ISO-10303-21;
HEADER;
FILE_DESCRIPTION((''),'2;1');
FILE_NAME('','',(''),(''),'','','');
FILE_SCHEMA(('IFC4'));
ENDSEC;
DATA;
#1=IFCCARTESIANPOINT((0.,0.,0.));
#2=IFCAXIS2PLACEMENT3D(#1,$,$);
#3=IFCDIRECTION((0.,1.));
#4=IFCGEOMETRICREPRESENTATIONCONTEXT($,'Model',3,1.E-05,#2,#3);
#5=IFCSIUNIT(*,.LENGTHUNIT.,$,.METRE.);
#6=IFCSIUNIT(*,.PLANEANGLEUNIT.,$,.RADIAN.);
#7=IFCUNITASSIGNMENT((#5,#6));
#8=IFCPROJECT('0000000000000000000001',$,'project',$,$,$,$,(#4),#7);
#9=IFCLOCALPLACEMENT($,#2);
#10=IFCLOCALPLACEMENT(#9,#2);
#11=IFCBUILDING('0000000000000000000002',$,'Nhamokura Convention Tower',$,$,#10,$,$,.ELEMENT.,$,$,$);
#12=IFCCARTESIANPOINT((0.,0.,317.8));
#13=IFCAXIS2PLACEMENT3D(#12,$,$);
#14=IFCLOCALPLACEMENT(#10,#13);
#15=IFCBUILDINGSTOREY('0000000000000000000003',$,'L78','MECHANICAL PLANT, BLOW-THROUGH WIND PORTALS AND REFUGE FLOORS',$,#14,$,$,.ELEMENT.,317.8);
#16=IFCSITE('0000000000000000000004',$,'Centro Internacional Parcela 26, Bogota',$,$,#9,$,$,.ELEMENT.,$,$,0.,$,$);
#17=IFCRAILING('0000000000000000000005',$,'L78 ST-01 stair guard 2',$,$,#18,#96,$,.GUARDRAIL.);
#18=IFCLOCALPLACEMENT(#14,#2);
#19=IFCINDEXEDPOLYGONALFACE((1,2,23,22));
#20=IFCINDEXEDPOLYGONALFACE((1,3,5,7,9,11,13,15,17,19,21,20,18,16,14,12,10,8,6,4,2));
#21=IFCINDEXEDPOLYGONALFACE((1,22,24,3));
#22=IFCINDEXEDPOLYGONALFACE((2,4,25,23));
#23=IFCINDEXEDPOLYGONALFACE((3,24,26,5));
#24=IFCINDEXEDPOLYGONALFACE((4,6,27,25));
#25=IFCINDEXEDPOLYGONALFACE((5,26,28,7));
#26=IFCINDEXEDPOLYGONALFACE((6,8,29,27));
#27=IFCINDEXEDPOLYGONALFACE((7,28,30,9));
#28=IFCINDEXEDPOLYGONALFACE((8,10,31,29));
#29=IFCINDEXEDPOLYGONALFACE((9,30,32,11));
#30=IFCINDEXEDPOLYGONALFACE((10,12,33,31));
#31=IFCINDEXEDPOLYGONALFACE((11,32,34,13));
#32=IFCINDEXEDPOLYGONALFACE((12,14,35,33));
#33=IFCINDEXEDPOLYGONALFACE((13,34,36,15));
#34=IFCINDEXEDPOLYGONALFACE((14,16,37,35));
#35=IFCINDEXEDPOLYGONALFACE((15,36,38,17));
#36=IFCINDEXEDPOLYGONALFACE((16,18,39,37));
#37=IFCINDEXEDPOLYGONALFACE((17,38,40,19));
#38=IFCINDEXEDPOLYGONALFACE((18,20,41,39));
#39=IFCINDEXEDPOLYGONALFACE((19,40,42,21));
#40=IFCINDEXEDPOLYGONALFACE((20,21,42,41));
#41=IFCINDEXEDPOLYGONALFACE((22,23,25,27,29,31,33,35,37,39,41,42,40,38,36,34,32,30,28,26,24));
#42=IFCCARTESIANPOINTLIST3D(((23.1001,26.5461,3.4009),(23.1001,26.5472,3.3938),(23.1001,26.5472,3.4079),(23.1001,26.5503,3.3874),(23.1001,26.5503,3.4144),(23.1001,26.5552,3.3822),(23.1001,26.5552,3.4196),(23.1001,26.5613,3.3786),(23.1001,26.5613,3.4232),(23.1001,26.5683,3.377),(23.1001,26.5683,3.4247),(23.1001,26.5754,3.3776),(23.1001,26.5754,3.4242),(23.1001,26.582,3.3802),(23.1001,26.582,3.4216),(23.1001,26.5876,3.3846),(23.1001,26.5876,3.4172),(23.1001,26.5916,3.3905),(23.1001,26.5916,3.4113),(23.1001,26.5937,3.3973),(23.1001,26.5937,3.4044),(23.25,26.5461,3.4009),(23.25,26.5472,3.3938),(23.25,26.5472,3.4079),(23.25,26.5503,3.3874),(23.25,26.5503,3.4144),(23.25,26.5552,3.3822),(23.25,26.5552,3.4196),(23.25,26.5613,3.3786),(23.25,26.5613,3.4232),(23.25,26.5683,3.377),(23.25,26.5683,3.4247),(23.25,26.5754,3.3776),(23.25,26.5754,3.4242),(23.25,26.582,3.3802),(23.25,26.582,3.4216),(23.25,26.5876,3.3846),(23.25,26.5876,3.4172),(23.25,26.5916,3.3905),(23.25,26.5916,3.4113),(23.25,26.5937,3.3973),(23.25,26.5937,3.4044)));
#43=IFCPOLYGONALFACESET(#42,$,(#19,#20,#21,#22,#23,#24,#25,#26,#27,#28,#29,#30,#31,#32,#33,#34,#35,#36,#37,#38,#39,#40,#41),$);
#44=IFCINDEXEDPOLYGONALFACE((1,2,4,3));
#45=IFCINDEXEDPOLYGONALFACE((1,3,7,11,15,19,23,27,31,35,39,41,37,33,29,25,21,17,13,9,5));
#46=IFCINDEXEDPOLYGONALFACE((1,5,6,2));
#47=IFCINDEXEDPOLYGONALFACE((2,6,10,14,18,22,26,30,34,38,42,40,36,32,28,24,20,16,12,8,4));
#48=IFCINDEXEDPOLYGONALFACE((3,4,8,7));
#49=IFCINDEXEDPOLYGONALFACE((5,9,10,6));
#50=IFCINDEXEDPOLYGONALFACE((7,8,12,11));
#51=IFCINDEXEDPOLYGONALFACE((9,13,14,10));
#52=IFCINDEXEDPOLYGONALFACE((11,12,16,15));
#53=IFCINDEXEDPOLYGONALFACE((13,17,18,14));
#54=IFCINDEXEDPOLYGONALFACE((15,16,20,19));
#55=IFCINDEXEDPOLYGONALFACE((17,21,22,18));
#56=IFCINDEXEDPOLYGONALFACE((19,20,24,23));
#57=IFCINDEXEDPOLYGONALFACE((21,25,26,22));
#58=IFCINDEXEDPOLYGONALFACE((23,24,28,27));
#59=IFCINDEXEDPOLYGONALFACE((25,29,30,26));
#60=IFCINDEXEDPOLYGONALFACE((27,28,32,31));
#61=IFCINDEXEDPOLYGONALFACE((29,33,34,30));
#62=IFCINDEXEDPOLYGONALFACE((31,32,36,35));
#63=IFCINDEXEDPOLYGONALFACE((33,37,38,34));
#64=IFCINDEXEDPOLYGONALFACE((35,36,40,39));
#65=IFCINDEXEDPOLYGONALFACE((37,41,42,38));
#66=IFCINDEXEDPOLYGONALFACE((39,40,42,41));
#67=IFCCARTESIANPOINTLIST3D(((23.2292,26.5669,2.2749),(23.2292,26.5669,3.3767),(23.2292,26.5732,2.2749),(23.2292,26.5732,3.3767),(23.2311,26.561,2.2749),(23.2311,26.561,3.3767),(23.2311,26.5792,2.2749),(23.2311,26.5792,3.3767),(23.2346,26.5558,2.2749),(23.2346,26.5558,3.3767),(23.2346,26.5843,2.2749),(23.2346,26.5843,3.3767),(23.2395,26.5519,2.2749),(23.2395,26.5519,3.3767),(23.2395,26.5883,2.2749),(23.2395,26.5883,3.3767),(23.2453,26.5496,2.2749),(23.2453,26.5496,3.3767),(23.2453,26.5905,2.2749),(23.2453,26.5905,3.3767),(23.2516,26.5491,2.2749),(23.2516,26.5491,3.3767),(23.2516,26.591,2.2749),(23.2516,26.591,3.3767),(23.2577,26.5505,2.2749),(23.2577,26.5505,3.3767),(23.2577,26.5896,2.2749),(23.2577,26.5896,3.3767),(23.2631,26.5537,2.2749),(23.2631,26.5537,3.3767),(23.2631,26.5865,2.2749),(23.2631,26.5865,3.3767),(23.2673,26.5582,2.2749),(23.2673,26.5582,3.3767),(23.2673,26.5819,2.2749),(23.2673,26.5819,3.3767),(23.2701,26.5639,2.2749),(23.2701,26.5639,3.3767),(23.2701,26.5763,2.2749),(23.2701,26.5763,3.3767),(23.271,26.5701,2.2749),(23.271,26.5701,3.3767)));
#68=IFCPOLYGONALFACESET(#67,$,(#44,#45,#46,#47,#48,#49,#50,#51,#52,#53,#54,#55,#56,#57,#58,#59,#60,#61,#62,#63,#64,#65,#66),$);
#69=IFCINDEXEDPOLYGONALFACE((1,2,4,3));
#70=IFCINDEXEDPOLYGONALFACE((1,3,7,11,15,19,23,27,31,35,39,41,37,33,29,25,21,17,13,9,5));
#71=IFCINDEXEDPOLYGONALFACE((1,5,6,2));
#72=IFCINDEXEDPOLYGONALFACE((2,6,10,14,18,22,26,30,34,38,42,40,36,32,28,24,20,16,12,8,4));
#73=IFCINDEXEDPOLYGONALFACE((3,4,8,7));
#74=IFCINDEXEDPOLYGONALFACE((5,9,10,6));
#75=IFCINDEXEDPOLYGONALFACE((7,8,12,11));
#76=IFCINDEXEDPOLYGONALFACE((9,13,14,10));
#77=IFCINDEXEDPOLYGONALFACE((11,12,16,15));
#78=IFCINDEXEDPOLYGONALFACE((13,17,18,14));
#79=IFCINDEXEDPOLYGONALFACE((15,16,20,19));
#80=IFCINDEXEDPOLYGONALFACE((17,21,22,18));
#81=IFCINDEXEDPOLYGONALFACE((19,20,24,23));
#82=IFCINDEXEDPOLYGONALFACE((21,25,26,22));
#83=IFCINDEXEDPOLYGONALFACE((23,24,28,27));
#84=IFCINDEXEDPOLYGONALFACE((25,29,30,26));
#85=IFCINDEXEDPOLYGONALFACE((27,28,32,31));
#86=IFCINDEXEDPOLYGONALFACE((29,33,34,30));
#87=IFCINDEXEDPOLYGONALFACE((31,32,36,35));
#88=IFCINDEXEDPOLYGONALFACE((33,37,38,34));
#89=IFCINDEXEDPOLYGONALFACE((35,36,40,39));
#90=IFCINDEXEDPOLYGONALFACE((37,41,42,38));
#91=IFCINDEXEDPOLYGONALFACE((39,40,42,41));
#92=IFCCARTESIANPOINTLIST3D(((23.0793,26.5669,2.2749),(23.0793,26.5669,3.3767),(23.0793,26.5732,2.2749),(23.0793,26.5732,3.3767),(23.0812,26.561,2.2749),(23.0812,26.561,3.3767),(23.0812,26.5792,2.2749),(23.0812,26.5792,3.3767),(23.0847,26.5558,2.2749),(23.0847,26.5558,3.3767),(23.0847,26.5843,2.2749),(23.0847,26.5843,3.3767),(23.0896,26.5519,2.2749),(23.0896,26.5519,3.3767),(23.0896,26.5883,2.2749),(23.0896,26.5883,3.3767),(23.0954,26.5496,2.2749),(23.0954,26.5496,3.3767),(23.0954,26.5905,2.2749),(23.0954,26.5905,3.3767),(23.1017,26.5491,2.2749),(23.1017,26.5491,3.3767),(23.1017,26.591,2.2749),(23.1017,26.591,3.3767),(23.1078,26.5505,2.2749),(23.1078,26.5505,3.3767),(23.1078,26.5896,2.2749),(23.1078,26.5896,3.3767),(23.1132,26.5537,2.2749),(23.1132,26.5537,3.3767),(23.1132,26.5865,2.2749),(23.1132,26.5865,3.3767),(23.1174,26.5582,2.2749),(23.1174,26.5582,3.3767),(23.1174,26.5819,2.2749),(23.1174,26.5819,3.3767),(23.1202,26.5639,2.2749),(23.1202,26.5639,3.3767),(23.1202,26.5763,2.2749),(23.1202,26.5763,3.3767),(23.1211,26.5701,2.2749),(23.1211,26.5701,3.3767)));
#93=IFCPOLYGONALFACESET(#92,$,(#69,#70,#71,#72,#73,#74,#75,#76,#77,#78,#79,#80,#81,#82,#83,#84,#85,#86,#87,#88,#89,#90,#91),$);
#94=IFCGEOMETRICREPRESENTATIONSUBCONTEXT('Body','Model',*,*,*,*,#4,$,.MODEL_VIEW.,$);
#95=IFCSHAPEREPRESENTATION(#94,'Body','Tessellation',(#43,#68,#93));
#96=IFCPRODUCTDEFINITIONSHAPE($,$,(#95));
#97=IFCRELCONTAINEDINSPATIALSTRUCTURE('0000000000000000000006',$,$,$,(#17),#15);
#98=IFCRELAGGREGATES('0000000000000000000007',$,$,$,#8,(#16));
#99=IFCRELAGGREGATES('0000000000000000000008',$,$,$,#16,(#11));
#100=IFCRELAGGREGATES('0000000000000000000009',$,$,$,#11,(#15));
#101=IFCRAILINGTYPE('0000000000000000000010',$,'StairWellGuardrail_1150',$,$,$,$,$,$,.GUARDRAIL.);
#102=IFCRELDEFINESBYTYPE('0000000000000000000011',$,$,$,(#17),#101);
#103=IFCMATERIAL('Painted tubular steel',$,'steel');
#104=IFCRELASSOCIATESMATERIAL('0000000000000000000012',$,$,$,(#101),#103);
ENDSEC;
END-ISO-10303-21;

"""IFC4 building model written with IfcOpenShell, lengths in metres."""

from ifc_helpers import new_model, si_unit, direction, frame, origin, origin_2d, place, context, subcontext, project, spatial, circle, extrude, material, type_object, element, save


model = new_model("IFC4")

# Units and contexts
model_context = context("Model", 3, precision=1e-05, world=origin(), true_north=direction((0.0, 1.0)))
body_context = subcontext(model_context, "Body", "Model", "MODEL_VIEW")
ifc_project = project(units=[si_unit("LENGTHUNIT", "METRE"), si_unit("PLANEANGLEUNIT", "RADIAN")], contexts=[model_context])

# Site, building, storey
site_placement = place(None, origin())
site = spatial("IfcSite", under=ifc_project, at=site_placement, Name="Centro Internacional Parcela 26, Bogota", CompositionType="ELEMENT", RefElevation=0.0)
building_placement = place(site_placement, origin())
building = spatial("IfcBuilding", under=site, at=building_placement, Name="Nhamokura Convention Tower", CompositionType="ELEMENT")
storey_placement = place(building_placement, frame((0.0, 0.0, 317.8)))
storey = spatial("IfcBuildingStorey", under=building, at=storey_placement, Name="L78", Description="MECHANICAL PLANT, BLOW-THROUGH WIND PORTALS AND REFUGE FLOORS", CompositionType="ELEMENT", Elevation=317.8)

# Railing
ifc_material_1 = material(Name="Painted tubular steel", Category="steel")
railing_type_1 = type_object("IfcRailingType", Name="StairWellGuardrail_1150", PredefinedType="GUARDRAIL", material=ifc_material_1)
railing_1_placement = place(storey_placement, frame((23.25, 26.5701, 2.2749)))
element("IfcRailing", 1, at=railing_1_placement, inside=storey, type_object=railing_type_1, Name="L78 ST-01 stair guard 2", PredefinedType="GUARDRAIL", context=body_context, shape_type="SweptSolid", body=[
    extrude(circle(Radius=0.0239, at=origin_2d()), frame((0.0, 0.0, 1.126), z_axis=(-1.0, 0.0, 0.0), x_axis=(0.0, -1.0, 0.0)), (0.0, 0.0, 1.0), 0.1499),
    extrude(circle(Radius=0.021, at=origin_2d()), origin(), (0.0, 0.0, 1.0), 1.1018),
    extrude(circle(Radius=0.021, at=origin_2d()), frame((-0.1499, 0.0, 0.0)), (0.0, 0.0, 1.0), 1.1018),
])

save(model, "model.ifc")
